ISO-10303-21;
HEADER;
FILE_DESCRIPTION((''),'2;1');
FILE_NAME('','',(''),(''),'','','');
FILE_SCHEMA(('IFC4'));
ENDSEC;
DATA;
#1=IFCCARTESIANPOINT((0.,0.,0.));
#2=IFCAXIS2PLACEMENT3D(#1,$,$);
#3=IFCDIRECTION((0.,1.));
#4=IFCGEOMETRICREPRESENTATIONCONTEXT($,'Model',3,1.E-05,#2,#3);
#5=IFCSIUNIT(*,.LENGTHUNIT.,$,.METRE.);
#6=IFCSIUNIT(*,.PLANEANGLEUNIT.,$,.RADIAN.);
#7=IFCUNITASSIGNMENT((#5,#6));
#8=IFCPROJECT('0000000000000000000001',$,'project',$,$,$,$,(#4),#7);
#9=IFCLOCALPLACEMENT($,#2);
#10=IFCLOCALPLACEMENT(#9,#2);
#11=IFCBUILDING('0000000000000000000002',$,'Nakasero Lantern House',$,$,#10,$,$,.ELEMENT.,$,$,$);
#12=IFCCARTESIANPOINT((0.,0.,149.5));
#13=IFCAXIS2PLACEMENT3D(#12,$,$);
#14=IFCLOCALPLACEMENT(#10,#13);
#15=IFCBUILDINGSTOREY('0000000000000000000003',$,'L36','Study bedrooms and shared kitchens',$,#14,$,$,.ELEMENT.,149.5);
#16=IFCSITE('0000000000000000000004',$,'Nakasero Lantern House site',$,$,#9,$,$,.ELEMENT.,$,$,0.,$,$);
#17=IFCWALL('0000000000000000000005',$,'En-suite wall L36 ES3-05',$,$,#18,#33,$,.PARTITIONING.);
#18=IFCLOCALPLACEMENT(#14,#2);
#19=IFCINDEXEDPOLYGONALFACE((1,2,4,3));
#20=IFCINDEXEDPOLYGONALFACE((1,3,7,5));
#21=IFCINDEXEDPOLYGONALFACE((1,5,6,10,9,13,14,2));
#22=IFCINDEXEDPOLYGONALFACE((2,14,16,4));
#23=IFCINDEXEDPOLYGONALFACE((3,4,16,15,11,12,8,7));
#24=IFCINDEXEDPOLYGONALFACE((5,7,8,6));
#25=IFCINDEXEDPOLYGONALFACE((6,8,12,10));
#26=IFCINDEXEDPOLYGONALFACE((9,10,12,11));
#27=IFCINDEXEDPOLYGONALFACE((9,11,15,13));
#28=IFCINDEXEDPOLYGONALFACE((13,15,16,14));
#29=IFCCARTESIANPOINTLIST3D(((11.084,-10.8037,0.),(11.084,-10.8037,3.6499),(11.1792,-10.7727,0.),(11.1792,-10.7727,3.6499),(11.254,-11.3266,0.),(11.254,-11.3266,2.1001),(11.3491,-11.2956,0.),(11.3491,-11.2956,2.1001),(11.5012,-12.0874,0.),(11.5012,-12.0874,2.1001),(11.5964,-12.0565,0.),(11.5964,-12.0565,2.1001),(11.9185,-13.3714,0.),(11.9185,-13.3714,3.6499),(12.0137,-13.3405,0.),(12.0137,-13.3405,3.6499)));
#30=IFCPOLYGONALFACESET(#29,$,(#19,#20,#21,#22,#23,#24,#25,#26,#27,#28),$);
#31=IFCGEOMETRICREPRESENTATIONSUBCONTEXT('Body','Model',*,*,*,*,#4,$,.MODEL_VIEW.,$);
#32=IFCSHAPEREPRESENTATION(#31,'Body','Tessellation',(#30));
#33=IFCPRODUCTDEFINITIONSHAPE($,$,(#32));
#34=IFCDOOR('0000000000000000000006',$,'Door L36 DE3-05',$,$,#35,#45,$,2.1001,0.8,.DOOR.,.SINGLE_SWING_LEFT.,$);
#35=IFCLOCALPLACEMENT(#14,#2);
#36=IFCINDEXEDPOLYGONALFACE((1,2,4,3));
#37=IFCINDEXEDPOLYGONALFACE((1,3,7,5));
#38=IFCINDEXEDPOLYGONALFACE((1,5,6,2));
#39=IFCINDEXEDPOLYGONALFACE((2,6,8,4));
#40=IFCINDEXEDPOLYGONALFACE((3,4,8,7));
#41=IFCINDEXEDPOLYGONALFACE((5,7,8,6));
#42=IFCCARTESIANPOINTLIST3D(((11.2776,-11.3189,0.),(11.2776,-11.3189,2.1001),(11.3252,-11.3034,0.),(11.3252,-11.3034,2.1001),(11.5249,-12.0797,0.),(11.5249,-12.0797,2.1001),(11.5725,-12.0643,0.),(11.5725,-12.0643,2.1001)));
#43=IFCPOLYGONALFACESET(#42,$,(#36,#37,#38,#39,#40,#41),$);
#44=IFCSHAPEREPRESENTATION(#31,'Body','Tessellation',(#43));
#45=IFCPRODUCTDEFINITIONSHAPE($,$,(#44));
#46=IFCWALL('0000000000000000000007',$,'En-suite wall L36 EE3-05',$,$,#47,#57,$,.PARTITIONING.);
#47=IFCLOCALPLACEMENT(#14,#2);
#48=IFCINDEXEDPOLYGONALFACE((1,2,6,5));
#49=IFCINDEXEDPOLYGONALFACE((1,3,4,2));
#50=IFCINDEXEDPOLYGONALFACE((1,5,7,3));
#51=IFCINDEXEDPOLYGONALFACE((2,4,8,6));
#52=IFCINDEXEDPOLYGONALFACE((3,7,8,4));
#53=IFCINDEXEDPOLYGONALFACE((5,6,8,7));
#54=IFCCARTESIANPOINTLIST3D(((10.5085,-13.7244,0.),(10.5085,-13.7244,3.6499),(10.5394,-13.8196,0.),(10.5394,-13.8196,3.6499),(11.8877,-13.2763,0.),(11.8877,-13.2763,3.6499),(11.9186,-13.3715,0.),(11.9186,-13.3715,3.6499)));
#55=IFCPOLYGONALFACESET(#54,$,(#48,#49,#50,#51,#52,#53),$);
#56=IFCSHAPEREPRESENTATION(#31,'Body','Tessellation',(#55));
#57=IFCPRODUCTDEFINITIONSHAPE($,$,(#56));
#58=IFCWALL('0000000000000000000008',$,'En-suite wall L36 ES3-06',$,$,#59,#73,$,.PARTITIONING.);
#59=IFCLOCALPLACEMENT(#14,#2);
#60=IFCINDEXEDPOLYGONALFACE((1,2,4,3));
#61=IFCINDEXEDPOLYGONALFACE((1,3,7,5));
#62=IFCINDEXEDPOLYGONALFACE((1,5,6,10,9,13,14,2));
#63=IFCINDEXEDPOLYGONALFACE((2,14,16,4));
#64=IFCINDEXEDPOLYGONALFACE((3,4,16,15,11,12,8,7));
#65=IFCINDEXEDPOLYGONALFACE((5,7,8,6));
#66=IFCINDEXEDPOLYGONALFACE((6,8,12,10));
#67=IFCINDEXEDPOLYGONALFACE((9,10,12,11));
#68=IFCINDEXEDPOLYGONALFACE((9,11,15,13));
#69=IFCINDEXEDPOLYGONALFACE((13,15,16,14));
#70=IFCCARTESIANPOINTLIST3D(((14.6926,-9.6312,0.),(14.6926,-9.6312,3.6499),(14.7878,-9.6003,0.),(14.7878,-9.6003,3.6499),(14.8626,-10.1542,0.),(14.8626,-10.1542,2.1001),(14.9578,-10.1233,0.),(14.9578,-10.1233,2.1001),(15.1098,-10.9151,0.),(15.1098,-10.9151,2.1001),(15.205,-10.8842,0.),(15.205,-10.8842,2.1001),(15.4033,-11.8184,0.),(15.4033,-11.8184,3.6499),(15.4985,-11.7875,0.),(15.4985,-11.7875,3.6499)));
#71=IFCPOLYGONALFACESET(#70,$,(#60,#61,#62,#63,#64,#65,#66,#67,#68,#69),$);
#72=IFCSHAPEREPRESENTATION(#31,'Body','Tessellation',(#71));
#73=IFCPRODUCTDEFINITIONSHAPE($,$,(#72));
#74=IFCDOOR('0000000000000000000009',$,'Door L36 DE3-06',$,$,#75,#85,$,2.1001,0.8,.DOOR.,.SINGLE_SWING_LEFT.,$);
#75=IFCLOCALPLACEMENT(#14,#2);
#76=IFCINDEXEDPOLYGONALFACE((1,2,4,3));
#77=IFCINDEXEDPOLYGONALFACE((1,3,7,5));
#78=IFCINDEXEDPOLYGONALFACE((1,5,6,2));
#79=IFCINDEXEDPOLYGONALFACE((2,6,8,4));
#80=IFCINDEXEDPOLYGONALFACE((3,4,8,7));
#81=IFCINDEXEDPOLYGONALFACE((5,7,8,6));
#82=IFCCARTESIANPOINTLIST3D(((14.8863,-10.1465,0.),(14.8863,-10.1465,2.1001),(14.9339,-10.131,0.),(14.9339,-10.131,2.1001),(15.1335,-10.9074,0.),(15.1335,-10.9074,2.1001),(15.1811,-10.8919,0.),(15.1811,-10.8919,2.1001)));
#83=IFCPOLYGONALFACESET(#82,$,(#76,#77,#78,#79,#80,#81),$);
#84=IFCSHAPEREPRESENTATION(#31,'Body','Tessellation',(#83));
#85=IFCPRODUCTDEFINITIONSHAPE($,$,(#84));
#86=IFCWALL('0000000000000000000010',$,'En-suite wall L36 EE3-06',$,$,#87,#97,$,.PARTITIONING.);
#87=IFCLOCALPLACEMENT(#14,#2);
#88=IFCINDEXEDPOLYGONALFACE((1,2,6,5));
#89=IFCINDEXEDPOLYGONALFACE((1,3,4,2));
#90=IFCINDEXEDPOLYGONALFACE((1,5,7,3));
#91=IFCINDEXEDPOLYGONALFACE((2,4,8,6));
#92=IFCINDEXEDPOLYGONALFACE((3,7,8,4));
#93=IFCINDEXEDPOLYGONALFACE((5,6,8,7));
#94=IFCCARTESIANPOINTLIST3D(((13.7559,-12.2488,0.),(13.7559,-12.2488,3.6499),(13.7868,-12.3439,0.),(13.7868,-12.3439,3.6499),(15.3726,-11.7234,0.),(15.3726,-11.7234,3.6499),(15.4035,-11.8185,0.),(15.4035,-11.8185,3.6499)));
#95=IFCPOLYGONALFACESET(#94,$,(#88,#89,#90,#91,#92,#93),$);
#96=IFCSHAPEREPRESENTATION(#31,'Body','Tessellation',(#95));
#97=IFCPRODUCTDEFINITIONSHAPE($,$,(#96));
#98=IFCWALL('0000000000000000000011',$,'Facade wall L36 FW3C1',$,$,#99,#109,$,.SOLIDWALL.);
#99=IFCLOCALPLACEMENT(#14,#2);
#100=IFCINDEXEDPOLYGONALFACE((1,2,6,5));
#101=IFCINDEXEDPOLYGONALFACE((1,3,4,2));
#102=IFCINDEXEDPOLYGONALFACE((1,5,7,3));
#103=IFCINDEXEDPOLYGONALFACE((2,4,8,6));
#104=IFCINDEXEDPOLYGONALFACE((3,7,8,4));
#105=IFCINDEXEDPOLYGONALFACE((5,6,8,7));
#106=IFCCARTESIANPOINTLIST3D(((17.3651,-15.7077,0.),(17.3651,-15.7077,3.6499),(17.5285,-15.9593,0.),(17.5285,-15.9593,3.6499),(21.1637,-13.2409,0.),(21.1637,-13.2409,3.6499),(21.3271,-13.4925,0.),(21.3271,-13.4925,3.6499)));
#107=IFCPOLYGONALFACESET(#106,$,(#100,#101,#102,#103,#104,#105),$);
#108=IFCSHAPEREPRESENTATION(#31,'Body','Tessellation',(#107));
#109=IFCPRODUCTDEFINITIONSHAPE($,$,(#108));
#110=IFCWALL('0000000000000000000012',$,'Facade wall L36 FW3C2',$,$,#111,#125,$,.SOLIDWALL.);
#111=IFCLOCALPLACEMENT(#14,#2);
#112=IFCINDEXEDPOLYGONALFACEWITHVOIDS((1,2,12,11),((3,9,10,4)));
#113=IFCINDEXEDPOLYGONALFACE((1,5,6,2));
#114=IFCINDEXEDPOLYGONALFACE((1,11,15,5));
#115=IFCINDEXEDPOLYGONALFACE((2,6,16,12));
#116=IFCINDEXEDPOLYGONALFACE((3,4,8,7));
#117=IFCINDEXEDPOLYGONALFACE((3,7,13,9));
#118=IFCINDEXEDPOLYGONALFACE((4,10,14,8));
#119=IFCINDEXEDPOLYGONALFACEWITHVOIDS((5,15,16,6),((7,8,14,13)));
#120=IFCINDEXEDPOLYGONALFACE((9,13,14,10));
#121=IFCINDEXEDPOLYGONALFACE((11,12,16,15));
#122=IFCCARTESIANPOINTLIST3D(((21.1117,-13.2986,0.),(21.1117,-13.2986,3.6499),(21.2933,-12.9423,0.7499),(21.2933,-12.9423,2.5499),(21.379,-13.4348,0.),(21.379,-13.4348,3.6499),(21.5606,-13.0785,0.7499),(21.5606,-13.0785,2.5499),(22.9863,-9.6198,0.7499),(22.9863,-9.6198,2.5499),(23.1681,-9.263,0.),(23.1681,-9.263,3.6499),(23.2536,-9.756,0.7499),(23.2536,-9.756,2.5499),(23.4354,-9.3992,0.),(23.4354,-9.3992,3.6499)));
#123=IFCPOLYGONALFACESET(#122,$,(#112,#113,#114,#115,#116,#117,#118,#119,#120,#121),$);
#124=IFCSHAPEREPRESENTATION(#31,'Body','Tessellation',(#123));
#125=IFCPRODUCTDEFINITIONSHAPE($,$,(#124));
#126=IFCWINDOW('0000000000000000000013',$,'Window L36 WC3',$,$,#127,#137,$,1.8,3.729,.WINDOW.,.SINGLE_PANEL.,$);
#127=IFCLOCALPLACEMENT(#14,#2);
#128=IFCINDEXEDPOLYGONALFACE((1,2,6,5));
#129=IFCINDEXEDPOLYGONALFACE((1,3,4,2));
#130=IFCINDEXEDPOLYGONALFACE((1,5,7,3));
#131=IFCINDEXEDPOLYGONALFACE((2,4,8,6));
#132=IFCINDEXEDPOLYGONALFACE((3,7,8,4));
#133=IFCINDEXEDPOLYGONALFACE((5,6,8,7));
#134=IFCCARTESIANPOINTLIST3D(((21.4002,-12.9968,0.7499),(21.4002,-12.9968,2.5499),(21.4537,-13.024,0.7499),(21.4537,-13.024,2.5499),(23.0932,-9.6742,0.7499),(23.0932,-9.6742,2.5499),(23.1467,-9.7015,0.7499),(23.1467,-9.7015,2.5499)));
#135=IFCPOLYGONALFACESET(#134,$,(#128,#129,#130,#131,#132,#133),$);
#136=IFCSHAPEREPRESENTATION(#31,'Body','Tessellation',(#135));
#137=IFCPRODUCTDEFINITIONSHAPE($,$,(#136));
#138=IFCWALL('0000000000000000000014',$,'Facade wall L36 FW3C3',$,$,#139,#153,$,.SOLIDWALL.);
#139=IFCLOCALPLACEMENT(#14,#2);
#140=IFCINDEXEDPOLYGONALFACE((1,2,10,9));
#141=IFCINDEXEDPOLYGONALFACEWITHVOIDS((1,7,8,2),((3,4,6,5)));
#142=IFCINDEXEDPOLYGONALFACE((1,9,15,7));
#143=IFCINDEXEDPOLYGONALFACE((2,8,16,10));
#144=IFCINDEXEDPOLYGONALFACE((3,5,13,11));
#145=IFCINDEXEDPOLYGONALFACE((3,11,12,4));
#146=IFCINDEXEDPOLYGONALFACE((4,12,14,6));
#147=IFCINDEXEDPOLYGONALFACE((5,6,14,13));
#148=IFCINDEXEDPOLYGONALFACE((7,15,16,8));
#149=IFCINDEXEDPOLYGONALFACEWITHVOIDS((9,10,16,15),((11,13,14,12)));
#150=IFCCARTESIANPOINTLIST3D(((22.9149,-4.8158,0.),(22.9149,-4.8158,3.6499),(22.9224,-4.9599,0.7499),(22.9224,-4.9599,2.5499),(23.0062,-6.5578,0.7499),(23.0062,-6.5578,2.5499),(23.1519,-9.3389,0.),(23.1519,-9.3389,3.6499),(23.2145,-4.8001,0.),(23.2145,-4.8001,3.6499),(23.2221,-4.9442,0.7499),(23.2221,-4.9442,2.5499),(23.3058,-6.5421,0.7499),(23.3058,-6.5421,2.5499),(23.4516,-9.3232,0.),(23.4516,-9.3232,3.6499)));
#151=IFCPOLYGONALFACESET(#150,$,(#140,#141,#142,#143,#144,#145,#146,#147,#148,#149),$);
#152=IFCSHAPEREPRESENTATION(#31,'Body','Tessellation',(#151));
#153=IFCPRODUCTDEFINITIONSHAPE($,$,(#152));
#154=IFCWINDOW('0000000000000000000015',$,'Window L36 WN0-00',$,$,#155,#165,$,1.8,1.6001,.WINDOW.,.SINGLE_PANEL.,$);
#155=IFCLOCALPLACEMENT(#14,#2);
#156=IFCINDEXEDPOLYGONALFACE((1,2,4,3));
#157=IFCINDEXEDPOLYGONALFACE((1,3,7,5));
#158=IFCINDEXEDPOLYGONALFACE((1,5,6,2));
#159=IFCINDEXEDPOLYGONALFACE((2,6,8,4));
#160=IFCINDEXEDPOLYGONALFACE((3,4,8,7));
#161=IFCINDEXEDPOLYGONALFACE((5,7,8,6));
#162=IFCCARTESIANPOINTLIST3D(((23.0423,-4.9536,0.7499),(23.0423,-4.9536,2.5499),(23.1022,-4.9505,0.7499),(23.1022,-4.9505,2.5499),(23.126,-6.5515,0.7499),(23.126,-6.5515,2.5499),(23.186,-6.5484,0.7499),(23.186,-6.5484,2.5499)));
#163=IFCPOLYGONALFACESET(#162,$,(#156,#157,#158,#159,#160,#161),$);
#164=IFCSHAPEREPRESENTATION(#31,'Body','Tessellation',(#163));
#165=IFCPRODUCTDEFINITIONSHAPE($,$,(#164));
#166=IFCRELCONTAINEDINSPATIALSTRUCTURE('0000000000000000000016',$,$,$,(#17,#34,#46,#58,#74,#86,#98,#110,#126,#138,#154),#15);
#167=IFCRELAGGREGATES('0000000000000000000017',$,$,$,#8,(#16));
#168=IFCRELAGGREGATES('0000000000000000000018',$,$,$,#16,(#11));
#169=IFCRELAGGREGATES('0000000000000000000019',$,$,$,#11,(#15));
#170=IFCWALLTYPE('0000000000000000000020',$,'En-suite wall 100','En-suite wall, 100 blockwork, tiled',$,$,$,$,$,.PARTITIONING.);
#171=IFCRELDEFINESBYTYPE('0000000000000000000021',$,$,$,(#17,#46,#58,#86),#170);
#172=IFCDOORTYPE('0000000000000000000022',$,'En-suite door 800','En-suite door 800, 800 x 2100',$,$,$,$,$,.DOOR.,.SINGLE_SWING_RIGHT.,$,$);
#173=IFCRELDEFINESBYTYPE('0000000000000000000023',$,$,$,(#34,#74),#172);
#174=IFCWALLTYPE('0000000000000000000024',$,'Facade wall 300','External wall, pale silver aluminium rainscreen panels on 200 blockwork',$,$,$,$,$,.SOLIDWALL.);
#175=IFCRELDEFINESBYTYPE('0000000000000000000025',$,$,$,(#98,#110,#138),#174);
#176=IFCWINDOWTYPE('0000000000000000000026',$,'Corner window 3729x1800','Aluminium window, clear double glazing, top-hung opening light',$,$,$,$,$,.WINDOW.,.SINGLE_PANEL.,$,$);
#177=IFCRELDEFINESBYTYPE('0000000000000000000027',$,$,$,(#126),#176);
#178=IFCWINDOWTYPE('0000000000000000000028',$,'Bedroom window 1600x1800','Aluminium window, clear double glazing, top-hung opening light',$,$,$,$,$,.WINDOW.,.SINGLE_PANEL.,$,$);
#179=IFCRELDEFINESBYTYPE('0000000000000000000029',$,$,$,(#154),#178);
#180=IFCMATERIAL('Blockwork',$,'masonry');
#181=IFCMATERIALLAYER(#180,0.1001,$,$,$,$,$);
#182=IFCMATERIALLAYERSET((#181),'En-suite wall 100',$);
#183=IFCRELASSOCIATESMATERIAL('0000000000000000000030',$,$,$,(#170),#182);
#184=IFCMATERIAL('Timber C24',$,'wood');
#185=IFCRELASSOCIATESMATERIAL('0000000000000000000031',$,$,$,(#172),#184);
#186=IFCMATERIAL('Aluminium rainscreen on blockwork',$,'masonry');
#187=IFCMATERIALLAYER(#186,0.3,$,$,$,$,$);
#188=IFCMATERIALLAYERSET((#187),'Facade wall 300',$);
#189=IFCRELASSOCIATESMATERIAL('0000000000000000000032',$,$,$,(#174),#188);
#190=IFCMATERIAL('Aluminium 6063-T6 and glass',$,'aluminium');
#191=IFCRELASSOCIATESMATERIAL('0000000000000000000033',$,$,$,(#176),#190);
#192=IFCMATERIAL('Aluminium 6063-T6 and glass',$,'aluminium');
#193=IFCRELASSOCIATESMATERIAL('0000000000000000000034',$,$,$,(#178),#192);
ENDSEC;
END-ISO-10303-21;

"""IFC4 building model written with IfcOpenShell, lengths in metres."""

from ifc_helpers import new_model, si_unit, direction, frame, frame_2d, origin, place, context, subcontext, project, spatial, rectangle, extrude, material, layer, layer_set, type_object, element, fill, save


model = new_model("IFC4")

# Units and contexts
model_context = context("Model", 3, precision=1e-05, world=origin(), true_north=direction((0.0, 1.0)))
body_context = subcontext(model_context, "Body", "Model", "MODEL_VIEW")
ifc_project = project(units=[si_unit("LENGTHUNIT", "METRE"), si_unit("PLANEANGLEUNIT", "RADIAN")], contexts=[model_context])

# Site, building, storey
site_placement = place(None, origin())
site = spatial("IfcSite", under=ifc_project, at=site_placement, Name="Nakasero Lantern House site", CompositionType="ELEMENT", RefElevation=0.0)
building_placement = place(site_placement, origin())
building = spatial("IfcBuilding", under=site, at=building_placement, Name="Nakasero Lantern House", CompositionType="ELEMENT")
storey_placement = place(building_placement, frame((0.0, 0.0, 149.5)))
storey = spatial("IfcBuildingStorey", under=building, at=storey_placement, Name="L36", Description="Study bedrooms and shared kitchens", CompositionType="ELEMENT", Elevation=149.5)

# Wall, opening, door
ifc_material_1 = material(Name="Blockwork", Category="masonry")
ifc_layer_1 = layer(ifc_material_1, 0.1001)
ifc_layer_set_1 = layer_set([ifc_layer_1], Name="En-suite wall 100")
wall_type_1 = type_object("IfcWallType", Name="En-suite wall 100", Description="En-suite wall, 100 blockwork, tiled", PredefinedType="PARTITIONING", material=ifc_layer_set_1)
wall_1_placement = place(storey_placement, frame((11.1316, -10.7881, 0.0), z_axis=(0.0, 0.0, 1.0), x_axis=(0.309057, -0.951043, 0.0)))
wall_1 = element("IfcWall", 1, at=wall_1_placement, inside=storey, type_object=wall_type_1, Name="En-suite wall L36 ES3-05", PredefinedType="PARTITIONING", context=body_context, shape_type="SweptSolid", body=[
    extrude(rectangle(XDim=2.7, YDim=0.1001, at=frame_2d((1.3501, 0.0))), origin(), (0.0, 0.0, 1.0), 3.6499),
])
opening_1_placement = place(wall_1_placement, frame((0.55, 0.0, 0.0)))
opening_1 = element("IfcOpeningElement", 2, at=opening_1_placement, cuts=wall_1, PredefinedType="OPENING", context=body_context, shape_type="SweptSolid", body=[
    extrude(rectangle(XDim=0.8, YDim=2.1001, at=frame_2d((0.3999, 1.05))), frame((0.0, 0.0701, 0.0), z_axis=(0.0, -1.0, 0.0), x_axis=(1.0, 0.0, 0.0)), (0.0, 0.0, 1.0), 0.1401),
])
ifc_material_2 = material(Name="Timber C24", Category="wood")
door_type = type_object("IfcDoorType", Name="En-suite door 800", Description="En-suite door 800, 800 x 2100", OperationType="SINGLE_SWING_RIGHT", PredefinedType="DOOR", material=ifc_material_2)
door_1_placement = place(opening_1_placement, origin())
door_1 = element("IfcDoor", 3, at=door_1_placement, inside=storey, type_object=door_type, Name="Door L36 DE3-05", OperationType="SINGLE_SWING_LEFT", OverallHeight=2.1001, OverallWidth=0.8, PredefinedType="DOOR", context=body_context, shape_type="SweptSolid", body=[
    extrude(rectangle(XDim=0.8, YDim=2.1001, at=frame_2d((0.3999, 1.05))), frame((0.0, 0.0249, 0.0), z_axis=(0.0, -1.0, 0.0), x_axis=(1.0, 0.0, 0.0)), (0.0, 0.0, 1.0), 0.05),
])
fill(opening_1, door_1)

# Wall
wall_2_placement = place(storey_placement, frame((10.5239, -13.772, 0.0), z_axis=(0.0, 0.0, 1.0), x_axis=(0.95108, 0.308945, 0.0)))
element("IfcWall", 4, at=wall_2_placement, inside=storey, type_object=wall_type_1, Name="En-suite wall L36 EE3-05", PredefinedType="PARTITIONING", context=body_context, shape_type="SweptSolid", body=[
    extrude(rectangle(XDim=1.4502, YDim=0.1001, at=frame_2d((0.7251, 0.0))), origin(), (0.0, 0.0, 1.0), 3.6499),
])

# Wall, opening, door
wall_3_placement = place(storey_placement, frame((14.7402, -9.6157, 0.0), z_axis=(0.0, 0.0, 1.0), x_axis=(0.309021, -0.951055, 0.0)))
wall_3 = element("IfcWall", 5, at=wall_3_placement, inside=storey, type_object=wall_type_1, Name="En-suite wall L36 ES3-06", PredefinedType="PARTITIONING", context=body_context, shape_type="SweptSolid", body=[
    extrude(rectangle(XDim=2.2998, YDim=0.1001, at=frame_2d((1.1499, 0.0))), origin(), (0.0, 0.0, 1.0), 3.6499),
])
opening_2_placement = place(wall_3_placement, frame((0.55, 0.0, 0.0)))
opening_2 = element("IfcOpeningElement", 6, at=opening_2_placement, cuts=wall_3, PredefinedType="OPENING", context=body_context, shape_type="SweptSolid", body=[
    extrude(rectangle(XDim=0.8, YDim=2.1001, at=frame_2d((0.3999, 1.05))), frame((0.0, 0.0701, 0.0), z_axis=(0.0, -1.0, 0.0), x_axis=(1.0, 0.0, 0.0)), (0.0, 0.0, 1.0), 0.1401),
])
door_2_placement = place(opening_2_placement, origin())
door_2 = element("IfcDoor", 7, at=door_2_placement, inside=storey, type_object=door_type, Name="Door L36 DE3-06", OperationType="SINGLE_SWING_LEFT", OverallHeight=2.1001, OverallWidth=0.8, PredefinedType="DOOR", context=body_context, shape_type="SweptSolid", body=[
    extrude(rectangle(XDim=0.8, YDim=2.1001, at=frame_2d((0.3999, 1.05))), frame((0.0, 0.0249, 0.0), z_axis=(0.0, -1.0, 0.0), x_axis=(1.0, 0.0, 0.0)), (0.0, 0.0, 1.0), 0.05),
])
fill(opening_2, door_2)

# Walls
wall_4_placement = place(storey_placement, frame((13.7712, -12.2964, 0.0), z_axis=(0.0, 0.0, 1.0), x_axis=(0.95104, 0.309067, 0.0)))
element("IfcWall", 8, at=wall_4_placement, inside=storey, type_object=wall_type_1, Name="En-suite wall L36 EE3-06", PredefinedType="PARTITIONING", context=body_context, shape_type="SweptSolid", body=[
    extrude(rectangle(XDim=1.7, YDim=0.1001, at=frame_2d((0.8501, 0.0))), origin(), (0.0, 0.0, 1.0), 3.6499),
])
ifc_material_3 = material(Name="Aluminium rainscreen on blockwork", Category="masonry")
ifc_layer_2 = layer(ifc_material_3, 0.3)
ifc_layer_set_2 = layer_set([ifc_layer_2], Name="Facade wall 300")
wall_type_2 = type_object("IfcWallType", Name="Facade wall 300", Description="External wall, pale silver aluminium rainscreen panels on 200 blockwork", PredefinedType="SOLIDWALL", material=ifc_layer_set_2)
wall_5_placement = place(storey_placement, frame((17.4468, -15.8335, 0.0), z_axis=(0.0, 0.0, 1.0), x_axis=(0.838674, 0.544634, 0.0)))
element("IfcWall", 9, at=wall_5_placement, inside=storey, type_object=wall_type_2, Name="Facade wall L36 FW3C1", PredefinedType="SOLIDWALL", context=body_context, shape_type="SweptSolid", body=[
    extrude(rectangle(XDim=4.5293, YDim=0.3, at=frame_2d((2.2646, 0.0))), origin(), (0.0, 0.0, 1.0), 3.6499),
])

# Walls, openings, windows
wall_6_placement = place(storey_placement, frame((21.2454, -13.3667, 0.0), z_axis=(0.0, 0.0, 1.0), x_axis=(0.454014, 0.890995, 0.0)))
wall_6 = element("IfcWall", 10, at=wall_6_placement, inside=storey, type_object=wall_type_2, Name="Facade wall L36 FW3C2", PredefinedType="SOLIDWALL", context=body_context, shape_type="SweptSolid", body=[
    extrude(rectangle(XDim=4.5293, YDim=0.3, at=frame_2d((2.2646, 0.0))), origin(), (0.0, 0.0, 1.0), 3.6499),
])
opening_3_placement = place(wall_6_placement, frame((0.3999, 0.0, 0.75)))
opening_3 = element("IfcOpeningElement", 11, at=opening_3_placement, cuts=wall_6, PredefinedType="OPENING", context=body_context, shape_type="SweptSolid", body=[
    extrude(rectangle(XDim=3.729, YDim=1.8, at=frame_2d((1.8645, 0.8999))), frame((0.0, 0.1699, 0.0), z_axis=(0.0, -1.0, 0.0), x_axis=(1.0, 0.0, 0.0)), (0.0, 0.0, 1.0), 0.3401),
])
ifc_material_4 = material(Name="Aluminium 6063-T6 and glass", Category="aluminium")
window_type_1 = type_object("IfcWindowType", Name="Corner window 3729x1800", Description="Aluminium window, clear double glazing, top-hung opening light", PartitioningType="SINGLE_PANEL", PredefinedType="WINDOW", material=ifc_material_4)
window_1_placement = place(opening_3_placement, origin())
window_1 = element("IfcWindow", 12, at=window_1_placement, inside=storey, type_object=window_type_1, Name="Window L36 WC3", OverallHeight=1.8, OverallWidth=3.729, PartitioningType="SINGLE_PANEL", PredefinedType="WINDOW", context=body_context, shape_type="SweptSolid", body=[
    extrude(rectangle(XDim=3.729, YDim=1.8, at=frame_2d((1.8645, 0.8999))), frame((0.0, 0.03, 0.0), z_axis=(0.0, -1.0, 0.0), x_axis=(1.0, 0.0, 0.0)), (0.0, 0.0, 1.0), 0.0601),
])
fill(opening_3, window_1)
wall_7_placement = place(storey_placement, frame((23.3018, -9.3311, 0.0), z_axis=(0.0, 0.0, 1.0), x_axis=(-0.052338, 0.998629, 0.0)))
wall_7 = element("IfcWall", 13, at=wall_7_placement, inside=storey, type_object=wall_type_2, Name="Facade wall L36 FW3C3", PredefinedType="SOLIDWALL", context=body_context, shape_type="SweptSolid", body=[
    extrude(rectangle(XDim=4.5293, YDim=0.3, at=frame_2d((2.2646, 0.0))), origin(), (0.0, 0.0, 1.0), 3.6499),
])
opening_4_placement = place(wall_7_placement, frame((2.7849, 0.0, 0.75)))
opening_4 = element("IfcOpeningElement", 14, at=opening_4_placement, cuts=wall_7, PredefinedType="OPENING", context=body_context, shape_type="SweptSolid", body=[
    extrude(rectangle(XDim=1.6001, YDim=1.8, at=frame_2d((0.8, 0.8999))), frame((0.0, 0.1699, 0.0), z_axis=(0.0, -1.0, 0.0), x_axis=(1.0, 0.0, 0.0)), (0.0, 0.0, 1.0), 0.3401),
])
ifc_material_5 = material(Name="Aluminium 6063-T6 and glass", Category="aluminium")
window_type_2 = type_object("IfcWindowType", Name="Bedroom window 1600x1800", Description="Aluminium window, clear double glazing, top-hung opening light", PartitioningType="SINGLE_PANEL", PredefinedType="WINDOW", material=ifc_material_5)
window_2_placement = place(opening_4_placement, origin())
window_2 = element("IfcWindow", 15, at=window_2_placement, inside=storey, type_object=window_type_2, Name="Window L36 WN0-00", OverallHeight=1.8, OverallWidth=1.6001, PartitioningType="SINGLE_PANEL", PredefinedType="WINDOW", context=body_context, shape_type="SweptSolid", body=[
    extrude(rectangle(XDim=1.6001, YDim=1.8, at=frame_2d((0.8, 0.8999))), frame((0.0, 0.03, 0.0), z_axis=(0.0, -1.0, 0.0), x_axis=(1.0, 0.0, 0.0)), (0.0, 0.0, 1.0), 0.0601),
])
fill(opening_4, window_2)

save(model, "model.ifc")
